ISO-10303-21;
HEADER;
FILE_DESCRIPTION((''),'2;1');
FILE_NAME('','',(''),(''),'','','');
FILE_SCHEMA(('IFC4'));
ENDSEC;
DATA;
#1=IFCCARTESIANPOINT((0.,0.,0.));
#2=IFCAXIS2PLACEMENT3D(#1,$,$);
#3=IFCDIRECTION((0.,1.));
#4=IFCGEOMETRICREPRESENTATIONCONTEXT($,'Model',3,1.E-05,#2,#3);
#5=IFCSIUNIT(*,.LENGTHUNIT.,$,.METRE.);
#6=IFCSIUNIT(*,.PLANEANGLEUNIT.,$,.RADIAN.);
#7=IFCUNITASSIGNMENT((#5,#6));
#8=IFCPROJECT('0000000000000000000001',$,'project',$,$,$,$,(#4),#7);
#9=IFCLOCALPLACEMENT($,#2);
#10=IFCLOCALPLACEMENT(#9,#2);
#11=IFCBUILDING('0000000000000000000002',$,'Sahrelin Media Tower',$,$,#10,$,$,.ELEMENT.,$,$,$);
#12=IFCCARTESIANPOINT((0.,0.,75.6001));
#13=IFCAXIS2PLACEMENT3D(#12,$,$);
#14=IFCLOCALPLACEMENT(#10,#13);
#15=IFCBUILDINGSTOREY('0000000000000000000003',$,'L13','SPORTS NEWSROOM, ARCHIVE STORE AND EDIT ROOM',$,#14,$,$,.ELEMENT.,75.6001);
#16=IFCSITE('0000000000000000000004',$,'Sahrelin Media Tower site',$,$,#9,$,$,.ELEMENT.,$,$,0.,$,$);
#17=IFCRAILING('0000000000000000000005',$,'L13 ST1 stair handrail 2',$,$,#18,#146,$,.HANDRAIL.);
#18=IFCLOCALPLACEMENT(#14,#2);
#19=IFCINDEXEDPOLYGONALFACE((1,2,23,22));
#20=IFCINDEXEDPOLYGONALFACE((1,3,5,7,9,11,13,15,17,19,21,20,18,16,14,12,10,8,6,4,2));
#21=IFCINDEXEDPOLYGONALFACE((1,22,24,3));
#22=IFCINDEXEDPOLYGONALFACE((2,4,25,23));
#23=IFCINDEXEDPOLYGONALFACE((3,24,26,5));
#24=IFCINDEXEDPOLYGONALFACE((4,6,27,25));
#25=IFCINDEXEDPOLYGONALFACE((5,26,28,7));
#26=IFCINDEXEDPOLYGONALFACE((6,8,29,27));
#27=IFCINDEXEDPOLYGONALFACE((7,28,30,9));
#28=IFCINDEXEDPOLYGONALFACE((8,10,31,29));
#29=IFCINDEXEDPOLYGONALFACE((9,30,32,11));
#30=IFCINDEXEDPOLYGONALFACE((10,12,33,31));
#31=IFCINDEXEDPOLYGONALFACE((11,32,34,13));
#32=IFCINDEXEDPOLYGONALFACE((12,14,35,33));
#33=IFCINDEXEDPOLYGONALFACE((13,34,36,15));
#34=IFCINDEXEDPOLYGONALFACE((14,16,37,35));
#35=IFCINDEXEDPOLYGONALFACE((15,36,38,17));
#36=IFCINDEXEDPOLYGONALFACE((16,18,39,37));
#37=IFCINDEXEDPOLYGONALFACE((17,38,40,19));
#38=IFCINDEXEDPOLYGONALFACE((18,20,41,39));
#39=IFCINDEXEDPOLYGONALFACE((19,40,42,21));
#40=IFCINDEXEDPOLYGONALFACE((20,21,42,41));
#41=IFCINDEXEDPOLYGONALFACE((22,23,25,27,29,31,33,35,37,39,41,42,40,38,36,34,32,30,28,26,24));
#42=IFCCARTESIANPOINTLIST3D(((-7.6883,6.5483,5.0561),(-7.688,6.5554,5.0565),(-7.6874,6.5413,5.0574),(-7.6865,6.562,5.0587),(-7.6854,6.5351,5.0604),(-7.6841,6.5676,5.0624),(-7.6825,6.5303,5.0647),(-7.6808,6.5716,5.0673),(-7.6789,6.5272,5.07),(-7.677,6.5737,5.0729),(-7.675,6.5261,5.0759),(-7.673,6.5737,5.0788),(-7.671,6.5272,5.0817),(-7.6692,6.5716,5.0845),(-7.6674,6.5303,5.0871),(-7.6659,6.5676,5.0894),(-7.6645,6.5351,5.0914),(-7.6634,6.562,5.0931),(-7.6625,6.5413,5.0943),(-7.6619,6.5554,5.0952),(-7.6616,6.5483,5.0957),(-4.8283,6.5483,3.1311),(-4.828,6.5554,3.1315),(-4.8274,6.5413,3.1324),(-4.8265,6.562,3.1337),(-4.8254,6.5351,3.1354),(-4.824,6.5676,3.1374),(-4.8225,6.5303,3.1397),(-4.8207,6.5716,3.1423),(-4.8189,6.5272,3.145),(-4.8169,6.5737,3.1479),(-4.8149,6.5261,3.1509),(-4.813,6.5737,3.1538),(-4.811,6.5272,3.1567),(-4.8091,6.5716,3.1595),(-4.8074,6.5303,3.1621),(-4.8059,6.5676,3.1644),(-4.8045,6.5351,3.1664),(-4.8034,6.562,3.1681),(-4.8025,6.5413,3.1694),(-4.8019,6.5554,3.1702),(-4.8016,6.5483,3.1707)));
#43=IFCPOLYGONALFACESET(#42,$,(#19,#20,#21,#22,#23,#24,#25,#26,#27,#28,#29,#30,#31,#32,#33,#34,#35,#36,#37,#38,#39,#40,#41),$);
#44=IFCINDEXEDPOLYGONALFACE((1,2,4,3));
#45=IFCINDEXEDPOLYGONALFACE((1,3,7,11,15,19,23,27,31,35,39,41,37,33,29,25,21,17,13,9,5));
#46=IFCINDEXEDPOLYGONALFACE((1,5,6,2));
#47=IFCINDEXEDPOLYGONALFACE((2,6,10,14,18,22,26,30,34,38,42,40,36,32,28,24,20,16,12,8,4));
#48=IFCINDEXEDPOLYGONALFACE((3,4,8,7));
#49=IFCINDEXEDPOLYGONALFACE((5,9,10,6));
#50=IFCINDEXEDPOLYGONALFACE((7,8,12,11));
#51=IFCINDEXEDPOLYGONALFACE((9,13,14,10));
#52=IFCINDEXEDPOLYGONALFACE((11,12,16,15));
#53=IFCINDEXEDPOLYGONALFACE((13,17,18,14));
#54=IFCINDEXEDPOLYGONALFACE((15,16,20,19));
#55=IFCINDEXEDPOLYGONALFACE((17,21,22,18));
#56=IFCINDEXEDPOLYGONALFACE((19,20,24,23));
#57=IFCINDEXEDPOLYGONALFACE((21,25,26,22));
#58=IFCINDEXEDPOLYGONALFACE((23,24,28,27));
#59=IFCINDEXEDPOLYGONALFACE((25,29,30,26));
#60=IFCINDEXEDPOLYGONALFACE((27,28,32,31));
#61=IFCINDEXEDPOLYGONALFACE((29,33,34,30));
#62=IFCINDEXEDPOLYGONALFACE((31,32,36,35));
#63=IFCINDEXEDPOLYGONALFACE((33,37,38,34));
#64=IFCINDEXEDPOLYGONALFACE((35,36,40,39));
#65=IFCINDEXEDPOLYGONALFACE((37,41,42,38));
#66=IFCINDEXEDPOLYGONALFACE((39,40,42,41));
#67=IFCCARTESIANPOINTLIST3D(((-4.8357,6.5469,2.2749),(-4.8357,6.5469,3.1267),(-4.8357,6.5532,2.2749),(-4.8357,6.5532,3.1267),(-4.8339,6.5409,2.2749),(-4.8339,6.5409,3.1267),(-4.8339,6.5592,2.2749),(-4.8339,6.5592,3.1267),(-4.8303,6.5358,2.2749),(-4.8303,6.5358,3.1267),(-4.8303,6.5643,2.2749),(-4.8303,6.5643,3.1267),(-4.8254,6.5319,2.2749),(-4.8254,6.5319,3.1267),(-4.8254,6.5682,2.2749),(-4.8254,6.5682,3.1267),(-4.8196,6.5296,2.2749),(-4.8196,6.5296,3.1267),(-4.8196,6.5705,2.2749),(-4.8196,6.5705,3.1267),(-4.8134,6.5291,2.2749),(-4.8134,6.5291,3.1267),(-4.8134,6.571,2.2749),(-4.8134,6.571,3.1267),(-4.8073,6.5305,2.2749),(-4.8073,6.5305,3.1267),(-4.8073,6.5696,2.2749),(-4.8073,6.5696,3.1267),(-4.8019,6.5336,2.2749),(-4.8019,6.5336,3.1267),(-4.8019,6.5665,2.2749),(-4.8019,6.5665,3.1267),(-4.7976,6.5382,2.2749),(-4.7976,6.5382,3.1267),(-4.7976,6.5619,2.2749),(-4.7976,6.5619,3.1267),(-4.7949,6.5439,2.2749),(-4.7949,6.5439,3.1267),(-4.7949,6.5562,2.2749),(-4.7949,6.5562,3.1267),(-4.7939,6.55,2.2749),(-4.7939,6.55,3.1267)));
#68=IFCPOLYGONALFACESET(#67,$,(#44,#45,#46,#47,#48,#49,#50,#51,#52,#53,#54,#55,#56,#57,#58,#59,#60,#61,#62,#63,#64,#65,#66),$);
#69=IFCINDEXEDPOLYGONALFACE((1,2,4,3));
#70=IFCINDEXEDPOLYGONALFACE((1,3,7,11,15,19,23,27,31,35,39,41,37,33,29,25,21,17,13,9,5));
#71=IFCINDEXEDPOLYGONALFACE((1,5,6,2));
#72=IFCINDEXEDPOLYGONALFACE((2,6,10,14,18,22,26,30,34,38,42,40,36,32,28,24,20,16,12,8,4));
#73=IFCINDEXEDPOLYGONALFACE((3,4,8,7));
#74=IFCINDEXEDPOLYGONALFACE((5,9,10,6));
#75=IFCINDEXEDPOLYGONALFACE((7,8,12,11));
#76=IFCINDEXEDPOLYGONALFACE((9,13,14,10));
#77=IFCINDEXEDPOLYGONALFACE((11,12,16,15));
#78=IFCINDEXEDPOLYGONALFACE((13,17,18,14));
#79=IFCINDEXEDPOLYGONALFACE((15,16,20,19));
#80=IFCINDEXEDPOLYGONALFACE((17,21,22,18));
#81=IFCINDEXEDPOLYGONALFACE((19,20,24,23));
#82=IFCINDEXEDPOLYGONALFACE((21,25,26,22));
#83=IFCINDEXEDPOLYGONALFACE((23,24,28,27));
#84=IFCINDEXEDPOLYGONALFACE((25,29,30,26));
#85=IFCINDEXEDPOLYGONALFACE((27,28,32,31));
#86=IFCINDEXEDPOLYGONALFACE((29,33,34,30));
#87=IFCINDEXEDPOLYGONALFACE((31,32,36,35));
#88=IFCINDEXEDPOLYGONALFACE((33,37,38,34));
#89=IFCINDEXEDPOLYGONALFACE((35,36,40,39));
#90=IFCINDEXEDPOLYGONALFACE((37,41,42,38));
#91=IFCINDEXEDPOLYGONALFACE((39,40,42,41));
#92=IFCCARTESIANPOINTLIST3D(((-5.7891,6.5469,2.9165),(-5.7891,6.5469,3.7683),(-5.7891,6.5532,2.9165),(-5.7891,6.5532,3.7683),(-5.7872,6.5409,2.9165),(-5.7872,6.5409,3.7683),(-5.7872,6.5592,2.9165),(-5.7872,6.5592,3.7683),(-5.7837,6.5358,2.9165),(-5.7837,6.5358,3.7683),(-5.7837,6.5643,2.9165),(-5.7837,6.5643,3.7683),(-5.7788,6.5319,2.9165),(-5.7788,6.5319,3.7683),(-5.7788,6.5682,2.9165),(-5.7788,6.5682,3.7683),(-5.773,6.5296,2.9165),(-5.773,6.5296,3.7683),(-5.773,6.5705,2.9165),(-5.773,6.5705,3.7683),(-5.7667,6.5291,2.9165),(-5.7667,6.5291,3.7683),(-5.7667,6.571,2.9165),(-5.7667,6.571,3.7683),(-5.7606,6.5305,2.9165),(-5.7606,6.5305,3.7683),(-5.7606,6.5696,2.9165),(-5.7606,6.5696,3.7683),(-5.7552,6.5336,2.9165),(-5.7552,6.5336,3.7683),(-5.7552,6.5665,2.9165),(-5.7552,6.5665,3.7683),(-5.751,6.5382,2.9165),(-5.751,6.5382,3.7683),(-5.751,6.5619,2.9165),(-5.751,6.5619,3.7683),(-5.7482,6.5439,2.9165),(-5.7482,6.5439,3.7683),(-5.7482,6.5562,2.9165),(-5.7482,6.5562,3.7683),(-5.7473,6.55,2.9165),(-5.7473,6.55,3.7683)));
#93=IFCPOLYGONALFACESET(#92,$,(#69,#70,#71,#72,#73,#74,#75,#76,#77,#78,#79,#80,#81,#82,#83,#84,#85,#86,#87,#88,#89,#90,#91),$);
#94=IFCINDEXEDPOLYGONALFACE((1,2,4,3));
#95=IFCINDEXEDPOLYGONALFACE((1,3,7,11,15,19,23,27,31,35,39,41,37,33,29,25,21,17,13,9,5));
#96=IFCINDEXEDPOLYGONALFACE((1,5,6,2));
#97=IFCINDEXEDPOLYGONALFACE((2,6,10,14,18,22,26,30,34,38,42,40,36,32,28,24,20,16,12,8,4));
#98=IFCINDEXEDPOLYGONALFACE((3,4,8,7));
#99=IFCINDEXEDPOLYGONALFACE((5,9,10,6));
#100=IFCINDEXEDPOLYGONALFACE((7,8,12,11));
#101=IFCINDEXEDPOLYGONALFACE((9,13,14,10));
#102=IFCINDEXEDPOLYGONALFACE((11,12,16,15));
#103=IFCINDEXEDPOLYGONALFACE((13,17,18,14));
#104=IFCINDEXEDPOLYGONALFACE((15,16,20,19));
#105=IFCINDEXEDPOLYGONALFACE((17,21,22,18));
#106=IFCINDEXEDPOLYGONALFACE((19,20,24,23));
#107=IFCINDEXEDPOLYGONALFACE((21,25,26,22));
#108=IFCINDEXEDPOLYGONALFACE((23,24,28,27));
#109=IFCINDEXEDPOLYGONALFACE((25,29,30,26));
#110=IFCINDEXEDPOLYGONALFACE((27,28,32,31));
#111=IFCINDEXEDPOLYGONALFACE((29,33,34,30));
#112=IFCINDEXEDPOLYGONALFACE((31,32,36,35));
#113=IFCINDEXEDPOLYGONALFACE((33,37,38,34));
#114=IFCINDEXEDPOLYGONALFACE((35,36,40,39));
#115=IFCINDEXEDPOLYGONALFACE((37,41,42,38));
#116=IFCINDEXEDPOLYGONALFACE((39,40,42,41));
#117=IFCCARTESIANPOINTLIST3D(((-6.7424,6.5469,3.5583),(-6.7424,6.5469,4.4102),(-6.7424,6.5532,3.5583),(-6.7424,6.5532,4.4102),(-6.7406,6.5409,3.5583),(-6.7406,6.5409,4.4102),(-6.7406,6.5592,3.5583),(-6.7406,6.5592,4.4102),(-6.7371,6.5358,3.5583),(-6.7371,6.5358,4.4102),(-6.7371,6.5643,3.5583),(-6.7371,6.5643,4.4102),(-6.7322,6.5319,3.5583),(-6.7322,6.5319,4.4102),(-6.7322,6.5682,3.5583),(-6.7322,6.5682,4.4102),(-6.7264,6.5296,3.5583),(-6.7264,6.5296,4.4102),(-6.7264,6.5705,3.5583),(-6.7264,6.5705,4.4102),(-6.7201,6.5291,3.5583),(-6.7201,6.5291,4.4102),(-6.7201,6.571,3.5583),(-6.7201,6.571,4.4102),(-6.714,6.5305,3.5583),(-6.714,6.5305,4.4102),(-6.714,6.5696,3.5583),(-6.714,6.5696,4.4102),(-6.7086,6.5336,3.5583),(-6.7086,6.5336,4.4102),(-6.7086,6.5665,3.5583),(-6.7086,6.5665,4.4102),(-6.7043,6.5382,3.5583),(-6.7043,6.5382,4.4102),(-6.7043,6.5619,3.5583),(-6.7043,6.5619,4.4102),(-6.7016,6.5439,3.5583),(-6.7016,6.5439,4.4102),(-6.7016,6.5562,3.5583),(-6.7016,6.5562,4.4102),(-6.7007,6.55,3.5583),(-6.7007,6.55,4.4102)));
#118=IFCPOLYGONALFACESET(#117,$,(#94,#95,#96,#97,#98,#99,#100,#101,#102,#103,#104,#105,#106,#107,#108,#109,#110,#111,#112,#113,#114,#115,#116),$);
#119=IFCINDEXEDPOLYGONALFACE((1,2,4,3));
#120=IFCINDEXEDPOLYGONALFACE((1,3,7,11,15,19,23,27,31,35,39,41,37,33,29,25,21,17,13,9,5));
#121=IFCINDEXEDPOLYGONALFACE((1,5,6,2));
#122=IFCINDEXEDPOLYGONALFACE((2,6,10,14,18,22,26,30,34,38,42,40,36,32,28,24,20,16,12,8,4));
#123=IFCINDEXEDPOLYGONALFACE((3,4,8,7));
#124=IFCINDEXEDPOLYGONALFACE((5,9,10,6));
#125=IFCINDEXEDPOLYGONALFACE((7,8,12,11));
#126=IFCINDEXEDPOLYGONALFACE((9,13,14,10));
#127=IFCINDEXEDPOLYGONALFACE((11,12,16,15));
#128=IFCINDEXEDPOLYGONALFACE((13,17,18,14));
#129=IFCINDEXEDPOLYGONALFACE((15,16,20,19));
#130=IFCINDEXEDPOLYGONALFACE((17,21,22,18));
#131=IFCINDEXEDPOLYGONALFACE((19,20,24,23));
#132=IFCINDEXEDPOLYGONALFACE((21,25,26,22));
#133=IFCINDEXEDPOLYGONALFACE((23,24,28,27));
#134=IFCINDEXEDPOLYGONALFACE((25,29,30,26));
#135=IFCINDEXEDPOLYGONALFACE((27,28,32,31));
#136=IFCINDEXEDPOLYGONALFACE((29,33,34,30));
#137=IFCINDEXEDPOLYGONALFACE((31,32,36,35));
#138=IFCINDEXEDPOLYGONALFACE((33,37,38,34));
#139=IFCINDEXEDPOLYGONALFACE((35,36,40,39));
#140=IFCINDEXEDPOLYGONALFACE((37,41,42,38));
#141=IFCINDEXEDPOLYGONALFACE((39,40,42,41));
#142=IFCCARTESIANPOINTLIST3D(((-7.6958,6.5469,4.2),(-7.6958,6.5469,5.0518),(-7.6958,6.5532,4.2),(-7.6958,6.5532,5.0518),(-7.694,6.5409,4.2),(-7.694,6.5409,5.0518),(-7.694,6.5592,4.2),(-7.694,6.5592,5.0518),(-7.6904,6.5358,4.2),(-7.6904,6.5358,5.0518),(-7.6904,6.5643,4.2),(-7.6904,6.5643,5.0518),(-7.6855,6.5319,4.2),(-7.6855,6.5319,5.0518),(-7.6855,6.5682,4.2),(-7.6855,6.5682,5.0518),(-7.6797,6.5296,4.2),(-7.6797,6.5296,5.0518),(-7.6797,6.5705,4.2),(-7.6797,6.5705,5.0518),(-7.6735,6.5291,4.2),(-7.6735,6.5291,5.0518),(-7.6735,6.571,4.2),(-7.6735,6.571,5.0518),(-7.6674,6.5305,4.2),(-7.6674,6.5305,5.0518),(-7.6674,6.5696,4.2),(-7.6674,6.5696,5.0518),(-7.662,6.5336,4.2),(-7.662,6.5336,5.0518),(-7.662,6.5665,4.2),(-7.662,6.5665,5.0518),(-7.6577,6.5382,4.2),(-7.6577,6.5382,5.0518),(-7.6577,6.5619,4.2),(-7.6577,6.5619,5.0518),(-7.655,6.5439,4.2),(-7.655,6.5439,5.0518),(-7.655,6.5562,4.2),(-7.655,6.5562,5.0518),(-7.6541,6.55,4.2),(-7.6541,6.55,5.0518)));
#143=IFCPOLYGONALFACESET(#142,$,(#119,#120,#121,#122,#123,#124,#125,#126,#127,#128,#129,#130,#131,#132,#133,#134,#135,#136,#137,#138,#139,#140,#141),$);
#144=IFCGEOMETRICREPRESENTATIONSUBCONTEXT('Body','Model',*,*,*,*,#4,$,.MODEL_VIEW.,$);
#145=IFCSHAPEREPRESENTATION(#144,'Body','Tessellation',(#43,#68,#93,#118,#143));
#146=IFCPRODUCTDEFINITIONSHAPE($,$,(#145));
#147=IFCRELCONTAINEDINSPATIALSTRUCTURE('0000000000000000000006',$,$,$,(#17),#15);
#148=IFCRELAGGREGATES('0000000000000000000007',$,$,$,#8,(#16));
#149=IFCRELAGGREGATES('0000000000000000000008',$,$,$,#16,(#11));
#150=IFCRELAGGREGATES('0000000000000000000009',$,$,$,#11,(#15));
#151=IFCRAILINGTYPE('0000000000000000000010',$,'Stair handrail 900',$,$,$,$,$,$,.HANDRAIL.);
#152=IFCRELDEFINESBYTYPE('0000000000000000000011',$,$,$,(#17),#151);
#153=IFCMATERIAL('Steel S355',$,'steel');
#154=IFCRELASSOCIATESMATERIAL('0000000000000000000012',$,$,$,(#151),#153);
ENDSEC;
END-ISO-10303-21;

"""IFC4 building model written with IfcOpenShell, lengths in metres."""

from ifc_helpers import new_model, si_unit, direction, frame, origin, origin_2d, place, context, subcontext, project, spatial, circle, extrude, material, type_object, element, save


model = new_model("IFC4")

# Units and contexts
model_context = context("Model", 3, precision=1e-05, world=origin(), true_north=direction((0.0, 1.0)))
body_context = subcontext(model_context, "Body", "Model", "MODEL_VIEW")
ifc_project = project(units=[si_unit("LENGTHUNIT", "METRE"), si_unit("PLANEANGLEUNIT", "RADIAN")], contexts=[model_context])

# Site, building, storey
site_placement = place(None, origin())
site = spatial("IfcSite", under=ifc_project, at=site_placement, Name="Sahrelin Media Tower site", CompositionType="ELEMENT", RefElevation=0.0)
building_placement = place(site_placement, origin())
building = spatial("IfcBuilding", under=site, at=building_placement, Name="Sahrelin Media Tower", CompositionType="ELEMENT")
storey_placement = place(building_placement, frame((0.0, 0.0, 75.6001)))
storey = spatial("IfcBuildingStorey", under=building, at=storey_placement, Name="L13", Description="SPORTS NEWSROOM, ARCHIVE STORE AND EDIT ROOM", CompositionType="ELEMENT", Elevation=75.6001)

# Shared definitions
ifc_material_1 = material(Name="Steel S355", Category="steel")

# Railing
railing_type_1 = type_object("IfcRailingType", Name="Stair handrail 900", PredefinedType="HANDRAIL", material=ifc_material_1)
railing_1_placement = place(storey_placement, frame((-4.8149, 6.55, 2.2749)))
element("IfcRailing", 1, at=railing_1_placement, inside=storey, type_object=railing_type_1, Name="L13 ST1 stair handrail 2", PredefinedType="HANDRAIL", context=body_context, shape_type="SweptSolid", body=[
    extrude(circle(Radius=0.0239, at=origin_2d()), frame((0.0, 0.0, 0.876), z_axis=(-0.829591, 0.0, 0.558372), x_axis=(0.0, -1.0, 0.0)), (0.0, 0.0, 1.0), 3.4475),
    extrude(circle(Radius=0.021, at=origin_2d()), origin(), (0.0, 0.0, 1.0), 0.8518),
    extrude(circle(Radius=0.021, at=origin_2d()), frame((-0.9534, 0.0, 0.6416)), (0.0, 0.0, 1.0), 0.8518),
    extrude(circle(Radius=0.021, at=origin_2d()), frame((-1.9067, 0.0, 1.2834)), (0.0, 0.0, 1.0), 0.8518),
    extrude(circle(Radius=0.021, at=origin_2d()), frame((-2.8601, 0.0, 1.925)), (0.0, 0.0, 1.0), 0.8518),
])

save(model, "model.ifc")
